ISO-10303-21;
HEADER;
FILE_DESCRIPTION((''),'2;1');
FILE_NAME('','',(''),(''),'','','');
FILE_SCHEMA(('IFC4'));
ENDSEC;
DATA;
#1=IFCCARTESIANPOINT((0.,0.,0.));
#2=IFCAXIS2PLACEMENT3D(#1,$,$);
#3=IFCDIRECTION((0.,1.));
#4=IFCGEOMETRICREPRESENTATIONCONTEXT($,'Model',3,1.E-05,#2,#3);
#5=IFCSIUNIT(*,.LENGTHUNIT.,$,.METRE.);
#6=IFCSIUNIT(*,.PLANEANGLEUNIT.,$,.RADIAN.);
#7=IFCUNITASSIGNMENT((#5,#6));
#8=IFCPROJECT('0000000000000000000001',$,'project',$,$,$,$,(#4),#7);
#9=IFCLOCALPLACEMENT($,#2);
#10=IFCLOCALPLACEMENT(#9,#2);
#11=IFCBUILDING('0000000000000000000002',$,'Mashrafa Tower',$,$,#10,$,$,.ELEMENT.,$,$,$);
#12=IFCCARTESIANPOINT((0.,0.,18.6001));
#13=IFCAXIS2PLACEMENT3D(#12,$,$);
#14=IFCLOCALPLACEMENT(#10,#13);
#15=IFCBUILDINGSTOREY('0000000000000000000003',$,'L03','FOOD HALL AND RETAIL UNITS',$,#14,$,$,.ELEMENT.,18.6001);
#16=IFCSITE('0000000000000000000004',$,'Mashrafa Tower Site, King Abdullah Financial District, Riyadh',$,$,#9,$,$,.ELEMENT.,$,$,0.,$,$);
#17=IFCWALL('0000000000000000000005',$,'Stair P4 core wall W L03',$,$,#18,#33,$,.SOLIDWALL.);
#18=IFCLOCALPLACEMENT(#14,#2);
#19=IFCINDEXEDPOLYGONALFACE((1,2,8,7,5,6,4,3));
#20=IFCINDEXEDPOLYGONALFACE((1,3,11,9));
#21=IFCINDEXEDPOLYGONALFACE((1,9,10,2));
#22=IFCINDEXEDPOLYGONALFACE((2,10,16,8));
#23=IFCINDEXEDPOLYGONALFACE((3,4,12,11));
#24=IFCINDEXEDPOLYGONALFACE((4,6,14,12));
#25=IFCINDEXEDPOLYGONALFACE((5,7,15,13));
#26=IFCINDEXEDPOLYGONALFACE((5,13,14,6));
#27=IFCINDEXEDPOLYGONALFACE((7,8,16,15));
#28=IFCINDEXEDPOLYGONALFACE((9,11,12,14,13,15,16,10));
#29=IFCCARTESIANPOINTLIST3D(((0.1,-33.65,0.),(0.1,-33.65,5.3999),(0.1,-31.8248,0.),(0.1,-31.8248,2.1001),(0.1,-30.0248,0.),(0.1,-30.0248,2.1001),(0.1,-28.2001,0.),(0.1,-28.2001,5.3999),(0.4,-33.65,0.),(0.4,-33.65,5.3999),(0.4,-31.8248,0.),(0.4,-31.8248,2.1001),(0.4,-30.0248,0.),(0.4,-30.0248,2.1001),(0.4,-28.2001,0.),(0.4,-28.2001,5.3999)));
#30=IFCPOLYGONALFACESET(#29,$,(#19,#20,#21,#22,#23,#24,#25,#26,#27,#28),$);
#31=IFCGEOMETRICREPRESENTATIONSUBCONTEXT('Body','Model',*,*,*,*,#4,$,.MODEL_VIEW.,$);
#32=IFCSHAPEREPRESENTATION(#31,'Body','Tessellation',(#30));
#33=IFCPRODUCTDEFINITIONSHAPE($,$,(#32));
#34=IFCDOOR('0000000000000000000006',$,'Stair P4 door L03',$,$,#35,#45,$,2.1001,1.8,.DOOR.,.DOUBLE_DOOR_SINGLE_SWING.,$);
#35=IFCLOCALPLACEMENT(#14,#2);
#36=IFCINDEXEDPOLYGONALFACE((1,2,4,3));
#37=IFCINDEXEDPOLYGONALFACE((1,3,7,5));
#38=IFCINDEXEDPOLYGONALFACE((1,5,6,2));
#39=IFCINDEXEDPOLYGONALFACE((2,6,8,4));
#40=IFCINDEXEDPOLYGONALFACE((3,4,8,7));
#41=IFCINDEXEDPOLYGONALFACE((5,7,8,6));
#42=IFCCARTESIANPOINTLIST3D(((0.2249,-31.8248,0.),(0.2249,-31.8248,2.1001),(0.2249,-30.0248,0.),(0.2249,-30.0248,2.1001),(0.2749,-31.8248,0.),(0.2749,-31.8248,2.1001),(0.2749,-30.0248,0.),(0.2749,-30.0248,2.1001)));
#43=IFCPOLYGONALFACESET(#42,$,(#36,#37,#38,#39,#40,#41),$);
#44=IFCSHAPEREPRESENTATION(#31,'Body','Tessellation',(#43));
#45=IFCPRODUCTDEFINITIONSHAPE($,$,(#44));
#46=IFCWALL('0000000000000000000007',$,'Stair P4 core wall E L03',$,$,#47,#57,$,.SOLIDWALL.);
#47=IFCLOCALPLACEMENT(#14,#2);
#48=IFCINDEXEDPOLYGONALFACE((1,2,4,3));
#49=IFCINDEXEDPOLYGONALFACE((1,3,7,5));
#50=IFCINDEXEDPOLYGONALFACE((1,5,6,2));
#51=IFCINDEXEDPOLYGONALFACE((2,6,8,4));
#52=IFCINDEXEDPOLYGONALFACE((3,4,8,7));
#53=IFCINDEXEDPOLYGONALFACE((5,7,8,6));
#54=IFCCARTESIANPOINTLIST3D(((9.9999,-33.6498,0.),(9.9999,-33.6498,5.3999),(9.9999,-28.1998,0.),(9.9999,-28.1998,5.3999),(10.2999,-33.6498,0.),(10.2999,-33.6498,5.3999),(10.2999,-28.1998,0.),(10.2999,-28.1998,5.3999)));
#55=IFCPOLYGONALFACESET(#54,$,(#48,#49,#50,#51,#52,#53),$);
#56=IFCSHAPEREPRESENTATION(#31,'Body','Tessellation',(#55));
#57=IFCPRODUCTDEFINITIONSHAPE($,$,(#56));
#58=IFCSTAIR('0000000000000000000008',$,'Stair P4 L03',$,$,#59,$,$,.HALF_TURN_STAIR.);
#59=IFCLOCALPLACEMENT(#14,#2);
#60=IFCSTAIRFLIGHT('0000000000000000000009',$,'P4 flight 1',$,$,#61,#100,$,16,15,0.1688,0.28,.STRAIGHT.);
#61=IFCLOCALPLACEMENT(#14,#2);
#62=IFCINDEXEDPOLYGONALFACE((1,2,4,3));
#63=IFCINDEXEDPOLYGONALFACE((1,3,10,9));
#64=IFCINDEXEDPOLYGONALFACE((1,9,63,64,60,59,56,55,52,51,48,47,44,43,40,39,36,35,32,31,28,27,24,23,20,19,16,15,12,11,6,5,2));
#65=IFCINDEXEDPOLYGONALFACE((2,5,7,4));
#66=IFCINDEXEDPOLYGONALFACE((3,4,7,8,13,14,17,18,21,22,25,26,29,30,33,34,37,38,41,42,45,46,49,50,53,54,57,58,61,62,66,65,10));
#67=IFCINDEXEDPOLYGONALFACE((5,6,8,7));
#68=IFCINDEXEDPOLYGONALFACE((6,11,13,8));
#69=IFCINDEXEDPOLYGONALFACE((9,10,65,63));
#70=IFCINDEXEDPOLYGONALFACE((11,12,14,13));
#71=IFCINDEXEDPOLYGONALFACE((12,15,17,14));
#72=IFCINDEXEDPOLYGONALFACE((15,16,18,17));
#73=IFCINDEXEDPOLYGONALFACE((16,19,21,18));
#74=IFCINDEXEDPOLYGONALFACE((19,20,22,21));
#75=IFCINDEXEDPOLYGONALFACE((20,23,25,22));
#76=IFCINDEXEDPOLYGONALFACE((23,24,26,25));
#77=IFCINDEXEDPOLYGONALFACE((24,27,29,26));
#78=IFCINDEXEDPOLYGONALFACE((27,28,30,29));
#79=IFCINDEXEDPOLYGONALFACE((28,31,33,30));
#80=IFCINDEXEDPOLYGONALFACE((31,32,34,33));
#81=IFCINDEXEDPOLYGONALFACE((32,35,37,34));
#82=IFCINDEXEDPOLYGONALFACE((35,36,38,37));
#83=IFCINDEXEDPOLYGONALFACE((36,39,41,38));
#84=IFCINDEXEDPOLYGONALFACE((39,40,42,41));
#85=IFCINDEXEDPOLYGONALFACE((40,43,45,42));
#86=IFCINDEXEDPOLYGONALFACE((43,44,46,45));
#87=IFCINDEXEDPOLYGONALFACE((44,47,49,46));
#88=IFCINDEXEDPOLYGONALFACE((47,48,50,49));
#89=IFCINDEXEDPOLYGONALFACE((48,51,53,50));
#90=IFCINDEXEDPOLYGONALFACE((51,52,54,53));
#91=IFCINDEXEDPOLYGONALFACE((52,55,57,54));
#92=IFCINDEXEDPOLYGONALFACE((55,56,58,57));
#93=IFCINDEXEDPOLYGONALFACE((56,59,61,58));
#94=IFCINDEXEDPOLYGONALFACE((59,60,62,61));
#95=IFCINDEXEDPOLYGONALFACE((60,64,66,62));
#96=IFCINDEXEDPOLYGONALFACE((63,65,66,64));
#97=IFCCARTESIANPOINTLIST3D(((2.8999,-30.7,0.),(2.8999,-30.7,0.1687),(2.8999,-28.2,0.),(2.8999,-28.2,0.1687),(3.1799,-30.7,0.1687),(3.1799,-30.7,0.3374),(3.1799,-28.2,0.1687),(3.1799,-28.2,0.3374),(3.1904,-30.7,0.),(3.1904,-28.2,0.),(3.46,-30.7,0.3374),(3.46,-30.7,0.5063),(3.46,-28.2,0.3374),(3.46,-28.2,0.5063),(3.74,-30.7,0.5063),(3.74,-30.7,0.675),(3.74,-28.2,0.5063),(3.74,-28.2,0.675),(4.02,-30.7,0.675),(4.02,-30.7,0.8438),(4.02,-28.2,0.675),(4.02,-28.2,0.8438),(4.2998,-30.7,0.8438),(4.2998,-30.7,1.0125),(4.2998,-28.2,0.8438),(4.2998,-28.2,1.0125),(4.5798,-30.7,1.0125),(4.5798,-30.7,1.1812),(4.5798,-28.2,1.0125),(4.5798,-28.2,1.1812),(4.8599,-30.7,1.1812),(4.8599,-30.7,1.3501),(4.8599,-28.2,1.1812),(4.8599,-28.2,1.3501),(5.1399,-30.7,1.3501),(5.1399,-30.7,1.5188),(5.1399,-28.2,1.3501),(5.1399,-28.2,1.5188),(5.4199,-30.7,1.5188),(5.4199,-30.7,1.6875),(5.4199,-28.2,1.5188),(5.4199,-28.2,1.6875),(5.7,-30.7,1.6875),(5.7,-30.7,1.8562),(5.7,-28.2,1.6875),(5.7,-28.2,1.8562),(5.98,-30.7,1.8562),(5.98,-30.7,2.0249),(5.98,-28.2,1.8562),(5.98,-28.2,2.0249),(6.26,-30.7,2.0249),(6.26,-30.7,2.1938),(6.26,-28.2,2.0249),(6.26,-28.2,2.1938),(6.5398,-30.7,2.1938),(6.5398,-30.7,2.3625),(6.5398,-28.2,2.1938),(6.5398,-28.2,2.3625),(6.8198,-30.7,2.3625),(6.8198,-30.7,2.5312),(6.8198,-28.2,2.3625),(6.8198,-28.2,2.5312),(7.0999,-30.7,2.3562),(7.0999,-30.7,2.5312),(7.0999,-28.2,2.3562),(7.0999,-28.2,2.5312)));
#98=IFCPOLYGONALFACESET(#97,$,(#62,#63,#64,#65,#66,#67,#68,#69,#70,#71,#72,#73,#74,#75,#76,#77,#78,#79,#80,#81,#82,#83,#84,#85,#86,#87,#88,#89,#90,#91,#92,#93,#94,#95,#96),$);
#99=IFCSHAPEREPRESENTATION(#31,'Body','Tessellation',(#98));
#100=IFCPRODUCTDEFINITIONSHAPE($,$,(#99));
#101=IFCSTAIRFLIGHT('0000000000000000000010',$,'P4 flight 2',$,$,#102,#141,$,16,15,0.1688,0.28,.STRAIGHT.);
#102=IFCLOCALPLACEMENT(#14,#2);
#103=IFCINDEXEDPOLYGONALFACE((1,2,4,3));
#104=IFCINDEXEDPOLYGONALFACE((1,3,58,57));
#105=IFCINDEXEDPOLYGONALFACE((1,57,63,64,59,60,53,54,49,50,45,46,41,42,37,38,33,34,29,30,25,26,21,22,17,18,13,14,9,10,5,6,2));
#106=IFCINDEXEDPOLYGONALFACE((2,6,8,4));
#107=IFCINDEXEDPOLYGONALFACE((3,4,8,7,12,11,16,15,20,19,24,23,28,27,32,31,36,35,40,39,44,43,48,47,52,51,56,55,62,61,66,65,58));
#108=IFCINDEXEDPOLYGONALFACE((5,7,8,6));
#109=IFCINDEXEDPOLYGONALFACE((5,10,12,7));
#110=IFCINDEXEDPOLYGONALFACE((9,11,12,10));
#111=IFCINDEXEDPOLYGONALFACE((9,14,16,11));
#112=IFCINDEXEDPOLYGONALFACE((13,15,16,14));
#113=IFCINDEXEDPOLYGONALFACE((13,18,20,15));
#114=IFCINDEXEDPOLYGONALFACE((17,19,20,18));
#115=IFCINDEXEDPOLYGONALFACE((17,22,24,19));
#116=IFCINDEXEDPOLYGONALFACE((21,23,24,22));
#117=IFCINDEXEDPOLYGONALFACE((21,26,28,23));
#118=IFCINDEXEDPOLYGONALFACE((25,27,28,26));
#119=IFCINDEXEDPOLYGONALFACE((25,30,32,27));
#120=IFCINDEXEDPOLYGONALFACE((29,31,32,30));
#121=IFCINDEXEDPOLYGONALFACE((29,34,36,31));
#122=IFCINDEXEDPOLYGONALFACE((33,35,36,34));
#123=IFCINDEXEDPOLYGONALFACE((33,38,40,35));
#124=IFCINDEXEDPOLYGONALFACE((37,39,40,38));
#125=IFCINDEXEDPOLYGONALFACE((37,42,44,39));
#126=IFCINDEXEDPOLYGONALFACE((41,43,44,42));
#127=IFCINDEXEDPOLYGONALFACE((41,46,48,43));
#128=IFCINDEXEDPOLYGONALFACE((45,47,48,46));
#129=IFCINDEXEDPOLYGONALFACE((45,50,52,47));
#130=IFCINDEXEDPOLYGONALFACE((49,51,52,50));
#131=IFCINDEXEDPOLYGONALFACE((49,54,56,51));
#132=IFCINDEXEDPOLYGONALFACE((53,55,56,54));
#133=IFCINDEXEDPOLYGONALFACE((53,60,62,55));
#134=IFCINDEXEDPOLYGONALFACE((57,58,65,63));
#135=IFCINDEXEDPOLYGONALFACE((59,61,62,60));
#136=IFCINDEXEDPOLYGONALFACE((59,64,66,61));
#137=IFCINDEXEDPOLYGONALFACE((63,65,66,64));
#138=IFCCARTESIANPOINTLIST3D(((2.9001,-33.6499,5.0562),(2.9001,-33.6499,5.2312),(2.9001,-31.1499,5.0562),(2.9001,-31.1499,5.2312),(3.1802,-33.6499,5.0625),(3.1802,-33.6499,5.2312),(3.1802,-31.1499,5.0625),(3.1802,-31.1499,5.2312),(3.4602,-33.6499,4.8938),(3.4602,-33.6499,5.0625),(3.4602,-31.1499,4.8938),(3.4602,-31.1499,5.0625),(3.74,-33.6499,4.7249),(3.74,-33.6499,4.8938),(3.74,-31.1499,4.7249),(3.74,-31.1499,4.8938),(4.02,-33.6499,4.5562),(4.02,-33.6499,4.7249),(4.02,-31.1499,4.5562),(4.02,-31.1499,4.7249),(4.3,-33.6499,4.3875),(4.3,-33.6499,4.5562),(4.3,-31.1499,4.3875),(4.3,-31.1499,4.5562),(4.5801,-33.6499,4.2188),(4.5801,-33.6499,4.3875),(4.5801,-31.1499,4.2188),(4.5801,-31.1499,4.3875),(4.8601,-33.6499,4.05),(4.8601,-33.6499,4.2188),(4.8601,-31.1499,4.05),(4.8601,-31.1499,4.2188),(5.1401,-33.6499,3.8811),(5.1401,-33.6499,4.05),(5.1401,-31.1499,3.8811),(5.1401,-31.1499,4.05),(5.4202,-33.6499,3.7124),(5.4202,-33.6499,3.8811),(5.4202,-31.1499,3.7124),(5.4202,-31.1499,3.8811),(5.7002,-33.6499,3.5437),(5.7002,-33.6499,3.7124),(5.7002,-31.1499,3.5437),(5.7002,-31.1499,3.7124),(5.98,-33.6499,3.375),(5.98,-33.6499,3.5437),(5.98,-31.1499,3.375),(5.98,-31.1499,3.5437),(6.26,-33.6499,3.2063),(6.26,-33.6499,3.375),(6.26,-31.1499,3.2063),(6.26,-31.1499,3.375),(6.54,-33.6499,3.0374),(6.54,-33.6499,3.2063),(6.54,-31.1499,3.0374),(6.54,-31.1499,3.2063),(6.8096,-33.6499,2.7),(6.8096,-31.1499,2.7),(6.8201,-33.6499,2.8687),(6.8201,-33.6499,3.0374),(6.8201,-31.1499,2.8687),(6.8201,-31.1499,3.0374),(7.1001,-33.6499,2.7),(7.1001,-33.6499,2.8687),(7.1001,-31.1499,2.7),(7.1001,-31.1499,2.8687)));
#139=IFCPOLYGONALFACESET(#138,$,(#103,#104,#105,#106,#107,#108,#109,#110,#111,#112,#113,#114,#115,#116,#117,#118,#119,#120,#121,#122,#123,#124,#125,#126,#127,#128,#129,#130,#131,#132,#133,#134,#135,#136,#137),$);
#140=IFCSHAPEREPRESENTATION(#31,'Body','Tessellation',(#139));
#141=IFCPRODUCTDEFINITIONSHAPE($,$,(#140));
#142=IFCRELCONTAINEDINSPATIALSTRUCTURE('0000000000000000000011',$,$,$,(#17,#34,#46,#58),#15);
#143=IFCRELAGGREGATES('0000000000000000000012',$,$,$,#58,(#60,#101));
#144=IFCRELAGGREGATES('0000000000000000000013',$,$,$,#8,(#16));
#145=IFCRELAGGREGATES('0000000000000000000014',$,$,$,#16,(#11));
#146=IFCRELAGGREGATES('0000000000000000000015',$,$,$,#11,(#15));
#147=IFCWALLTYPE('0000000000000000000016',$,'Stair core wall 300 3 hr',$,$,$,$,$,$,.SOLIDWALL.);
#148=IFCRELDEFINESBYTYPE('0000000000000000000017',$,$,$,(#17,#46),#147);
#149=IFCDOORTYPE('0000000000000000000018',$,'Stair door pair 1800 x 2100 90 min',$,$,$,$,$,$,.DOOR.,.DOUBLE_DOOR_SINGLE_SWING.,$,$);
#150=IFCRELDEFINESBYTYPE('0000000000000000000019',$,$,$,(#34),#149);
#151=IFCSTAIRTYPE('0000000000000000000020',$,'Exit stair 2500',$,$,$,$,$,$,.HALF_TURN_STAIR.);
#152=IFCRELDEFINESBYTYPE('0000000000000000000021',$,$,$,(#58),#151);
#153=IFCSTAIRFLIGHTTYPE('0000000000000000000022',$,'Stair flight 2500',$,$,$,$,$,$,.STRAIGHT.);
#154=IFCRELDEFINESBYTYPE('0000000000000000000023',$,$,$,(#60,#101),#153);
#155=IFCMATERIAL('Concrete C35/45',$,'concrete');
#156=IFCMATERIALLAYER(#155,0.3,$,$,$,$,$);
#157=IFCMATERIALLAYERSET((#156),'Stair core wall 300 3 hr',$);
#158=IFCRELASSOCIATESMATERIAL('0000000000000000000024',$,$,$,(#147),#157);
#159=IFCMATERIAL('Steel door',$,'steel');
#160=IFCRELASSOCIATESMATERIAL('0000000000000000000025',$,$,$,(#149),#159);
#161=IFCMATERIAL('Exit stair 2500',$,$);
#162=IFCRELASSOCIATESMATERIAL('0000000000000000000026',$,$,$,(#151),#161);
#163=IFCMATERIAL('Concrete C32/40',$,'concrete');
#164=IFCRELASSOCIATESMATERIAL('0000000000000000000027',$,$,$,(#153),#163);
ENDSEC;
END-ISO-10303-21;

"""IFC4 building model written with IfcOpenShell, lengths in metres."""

from ifc_helpers import new_model, si_unit, direction, frame, frame_2d, origin, place, context, subcontext, project, spatial, polyline, rectangle, outline, extrude, material, layer, layer_set, type_object, element, fill, aggregate, save


model = new_model("IFC4")

# Units and contexts
model_context = context("Model", 3, precision=1e-05, world=origin(), true_north=direction((0.0, 1.0)))
body_context = subcontext(model_context, "Body", "Model", "MODEL_VIEW")
ifc_project = project(units=[si_unit("LENGTHUNIT", "METRE"), si_unit("PLANEANGLEUNIT", "RADIAN")], contexts=[model_context])

# Site, building, storey
site_placement = place(None, origin())
site = spatial("IfcSite", under=ifc_project, at=site_placement, Name="Mashrafa Tower Site, King Abdullah Financial District, Riyadh", CompositionType="ELEMENT", RefElevation=0.0)
building_placement = place(site_placement, origin())
building = spatial("IfcBuilding", under=site, at=building_placement, Name="Mashrafa Tower", CompositionType="ELEMENT")
storey_placement = place(building_placement, frame((0.0, 0.0, 18.6001)))
storey = spatial("IfcBuildingStorey", under=building, at=storey_placement, Name="L03", Description="FOOD HALL AND RETAIL UNITS", CompositionType="ELEMENT", Elevation=18.6001)

# Shared definitions
ifc_material_1 = material(Name="Concrete C35/45", Category="concrete")
ifc_layer = layer(ifc_material_1, 0.3)
ifc_layer_set = layer_set([ifc_layer], Name="Stair core wall 300 3 hr")
wall_type = type_object("IfcWallType", Name="Stair core wall 300 3 hr", PredefinedType="SOLIDWALL", material=ifc_layer_set)

# Wall, opening, door
wall_1_placement = place(storey_placement, frame((0.25, -28.2, 0.0), z_axis=(0.0, 0.0, 1.0), x_axis=(0.0, -1.0, 0.0)))
wall_1 = element("IfcWall", 1, at=wall_1_placement, inside=storey, type_object=wall_type, Name="Stair P4 core wall W L03", PredefinedType="SOLIDWALL", context=body_context, shape_type="SweptSolid", body=[
    extrude(rectangle(XDim=5.45, YDim=0.3, at=frame_2d((2.7251, 0.0))), origin(), (0.0, 0.0, 1.0), 5.3999),
])
opening_placement = place(wall_1_placement, frame((1.825, 0.0, 0.0)))
opening = element("IfcOpeningElement", 2, at=opening_placement, cuts=wall_1, PredefinedType="OPENING", context=body_context, shape_type="SweptSolid", body=[
    extrude(rectangle(XDim=1.8, YDim=2.1001, at=frame_2d((0.8999, 1.05))), frame((0.0, 0.1599, 0.0), z_axis=(0.0, -1.0, 0.0), x_axis=(1.0, 0.0, 0.0)), (0.0, 0.0, 1.0), 0.3201),
])
ifc_material_2 = material(Name="Steel door", Category="steel")
door_type = type_object("IfcDoorType", Name="Stair door pair 1800 x 2100 90 min", OperationType="DOUBLE_DOOR_SINGLE_SWING", PredefinedType="DOOR", material=ifc_material_2)
door_placement = place(opening_placement, origin())
door = element("IfcDoor", 3, at=door_placement, inside=storey, type_object=door_type, Name="Stair P4 door L03", OperationType="DOUBLE_DOOR_SINGLE_SWING", OverallHeight=2.1001, OverallWidth=1.8, PredefinedType="DOOR", context=body_context, shape_type="SweptSolid", body=[
    extrude(rectangle(XDim=1.8, YDim=2.1001, at=frame_2d((0.8999, 1.05))), frame((0.0, 0.0249, 0.0), z_axis=(0.0, -1.0, 0.0), x_axis=(1.0, 0.0, 0.0)), (0.0, 0.0, 1.0), 0.05),
])
fill(opening, door)

# Wall
wall_2_placement = place(storey_placement, frame((10.1499, -33.6499, 0.0), z_axis=(0.0, 0.0, 1.0), x_axis=(0.0, 1.0, 0.0)))
element("IfcWall", 4, at=wall_2_placement, inside=storey, type_object=wall_type, Name="Stair P4 core wall E L03", PredefinedType="SOLIDWALL", context=body_context, shape_type="SweptSolid", body=[
    extrude(rectangle(XDim=5.45, YDim=0.3, at=frame_2d((2.7251, 0.0))), origin(), (0.0, 0.0, 1.0), 5.3999),
])

# Stair, stair flights
ifc_material_3 = material(Name="Exit stair 2500")
stair_type = type_object("IfcStairType", Name="Exit stair 2500", PredefinedType="HALF_TURN_STAIR", material=ifc_material_3)
stair_placement = place(storey_placement, origin())
stair = element("IfcStair", 5, at=stair_placement, inside=storey, type_object=stair_type, Name="Stair P4 L03", PredefinedType="HALF_TURN_STAIR")
ifc_material_4 = material(Name="Concrete C32/40", Category="concrete")
stair_flight_type = type_object("IfcStairFlightType", Name="Stair flight 2500", PredefinedType="STRAIGHT", material=ifc_material_4)
stair_flight_1_placement = place(storey_placement, frame((2.8999, -29.45, 0.0), z_axis=(0.0, 0.0, 1.0), x_axis=(1.0, 0.0, 0.0)))
stair_flight_1 = element("IfcStairFlight", 6, at=stair_flight_1_placement, type_object=stair_flight_type, Name="P4 flight 1", NumberOfRisers=16, NumberOfTreads=15, PredefinedType="STRAIGHT", RiserHeight=0.1688, TreadLength=0.28, context=body_context, shape_type="SweptSolid", body=[
    extrude(outline(polyline([(0.0, 0.0), (0.0, 0.1687), (0.28, 0.1687), (0.28, 0.3374), (0.5601, 0.3374), (0.5601, 0.5063), (0.8401, 0.5063), (0.8401, 0.675), (1.1201, 0.675), (1.1201, 0.8438), (1.3999, 0.8438), (1.3999, 1.0125), (1.6799, 1.0125), (1.6799, 1.1812), (1.96, 1.1812), (1.96, 1.3501), (2.24, 1.3501), (2.24, 1.5188), (2.52, 1.5188), (2.52, 1.6875), (2.8, 1.6875), (2.8, 1.8562), (3.0801, 1.8562), (3.0801, 2.0249), (3.3601, 2.0249), (3.3601, 2.1938), (3.6399, 2.1938), (3.6399, 2.3625), (3.9199, 2.3625), (3.9199, 2.5312), (4.2, 2.5312), (4.2, 2.7), (4.2, 2.3562), (0.2905, 0.0), (0.0, 0.0)])), frame((0.0, 1.25, 0.0), z_axis=(0.0, -1.0, 0.0), x_axis=(1.0, 0.0, 0.0)), (0.0, 0.0, 1.0), 2.5),
])
stair_flight_2_placement = place(storey_placement, frame((7.1001, -32.3999, 2.7), z_axis=(0.0, 0.0, 1.0), x_axis=(-1.0, 0.0, 0.0)))
stair_flight_2 = element("IfcStairFlight", 7, at=stair_flight_2_placement, type_object=stair_flight_type, Name="P4 flight 2", NumberOfRisers=16, NumberOfTreads=15, PredefinedType="STRAIGHT", RiserHeight=0.1688, TreadLength=0.28, context=body_context, shape_type="SweptSolid", body=[
    extrude(outline(polyline([(0.0, 0.0), (0.0, 0.1687), (0.28, 0.1687), (0.28, 0.3374), (0.5601, 0.3374), (0.5601, 0.5063), (0.8401, 0.5063), (0.8401, 0.675), (1.1201, 0.675), (1.1201, 0.8438), (1.3999, 0.8438), (1.3999, 1.0125), (1.6799, 1.0125), (1.6799, 1.1812), (1.96, 1.1812), (1.96, 1.3501), (2.24, 1.3501), (2.24, 1.5188), (2.52, 1.5188), (2.52, 1.6875), (2.8, 1.6875), (2.8, 1.8562), (3.0801, 1.8562), (3.0801, 2.0249), (3.3601, 2.0249), (3.3601, 2.1938), (3.6399, 2.1938), (3.6399, 2.3625), (3.9199, 2.3625), (3.9199, 2.5312), (4.2, 2.5312), (4.2, 2.7), (4.2, 2.3562), (0.2905, 0.0), (0.0, 0.0)])), frame((0.0, 1.25, 0.0), z_axis=(0.0, -1.0, 0.0), x_axis=(1.0, 0.0, 0.0)), (0.0, 0.0, 1.0), 2.5),
])
aggregate(stair, [stair_flight_1, stair_flight_2])

save(model, "model.ifc")
